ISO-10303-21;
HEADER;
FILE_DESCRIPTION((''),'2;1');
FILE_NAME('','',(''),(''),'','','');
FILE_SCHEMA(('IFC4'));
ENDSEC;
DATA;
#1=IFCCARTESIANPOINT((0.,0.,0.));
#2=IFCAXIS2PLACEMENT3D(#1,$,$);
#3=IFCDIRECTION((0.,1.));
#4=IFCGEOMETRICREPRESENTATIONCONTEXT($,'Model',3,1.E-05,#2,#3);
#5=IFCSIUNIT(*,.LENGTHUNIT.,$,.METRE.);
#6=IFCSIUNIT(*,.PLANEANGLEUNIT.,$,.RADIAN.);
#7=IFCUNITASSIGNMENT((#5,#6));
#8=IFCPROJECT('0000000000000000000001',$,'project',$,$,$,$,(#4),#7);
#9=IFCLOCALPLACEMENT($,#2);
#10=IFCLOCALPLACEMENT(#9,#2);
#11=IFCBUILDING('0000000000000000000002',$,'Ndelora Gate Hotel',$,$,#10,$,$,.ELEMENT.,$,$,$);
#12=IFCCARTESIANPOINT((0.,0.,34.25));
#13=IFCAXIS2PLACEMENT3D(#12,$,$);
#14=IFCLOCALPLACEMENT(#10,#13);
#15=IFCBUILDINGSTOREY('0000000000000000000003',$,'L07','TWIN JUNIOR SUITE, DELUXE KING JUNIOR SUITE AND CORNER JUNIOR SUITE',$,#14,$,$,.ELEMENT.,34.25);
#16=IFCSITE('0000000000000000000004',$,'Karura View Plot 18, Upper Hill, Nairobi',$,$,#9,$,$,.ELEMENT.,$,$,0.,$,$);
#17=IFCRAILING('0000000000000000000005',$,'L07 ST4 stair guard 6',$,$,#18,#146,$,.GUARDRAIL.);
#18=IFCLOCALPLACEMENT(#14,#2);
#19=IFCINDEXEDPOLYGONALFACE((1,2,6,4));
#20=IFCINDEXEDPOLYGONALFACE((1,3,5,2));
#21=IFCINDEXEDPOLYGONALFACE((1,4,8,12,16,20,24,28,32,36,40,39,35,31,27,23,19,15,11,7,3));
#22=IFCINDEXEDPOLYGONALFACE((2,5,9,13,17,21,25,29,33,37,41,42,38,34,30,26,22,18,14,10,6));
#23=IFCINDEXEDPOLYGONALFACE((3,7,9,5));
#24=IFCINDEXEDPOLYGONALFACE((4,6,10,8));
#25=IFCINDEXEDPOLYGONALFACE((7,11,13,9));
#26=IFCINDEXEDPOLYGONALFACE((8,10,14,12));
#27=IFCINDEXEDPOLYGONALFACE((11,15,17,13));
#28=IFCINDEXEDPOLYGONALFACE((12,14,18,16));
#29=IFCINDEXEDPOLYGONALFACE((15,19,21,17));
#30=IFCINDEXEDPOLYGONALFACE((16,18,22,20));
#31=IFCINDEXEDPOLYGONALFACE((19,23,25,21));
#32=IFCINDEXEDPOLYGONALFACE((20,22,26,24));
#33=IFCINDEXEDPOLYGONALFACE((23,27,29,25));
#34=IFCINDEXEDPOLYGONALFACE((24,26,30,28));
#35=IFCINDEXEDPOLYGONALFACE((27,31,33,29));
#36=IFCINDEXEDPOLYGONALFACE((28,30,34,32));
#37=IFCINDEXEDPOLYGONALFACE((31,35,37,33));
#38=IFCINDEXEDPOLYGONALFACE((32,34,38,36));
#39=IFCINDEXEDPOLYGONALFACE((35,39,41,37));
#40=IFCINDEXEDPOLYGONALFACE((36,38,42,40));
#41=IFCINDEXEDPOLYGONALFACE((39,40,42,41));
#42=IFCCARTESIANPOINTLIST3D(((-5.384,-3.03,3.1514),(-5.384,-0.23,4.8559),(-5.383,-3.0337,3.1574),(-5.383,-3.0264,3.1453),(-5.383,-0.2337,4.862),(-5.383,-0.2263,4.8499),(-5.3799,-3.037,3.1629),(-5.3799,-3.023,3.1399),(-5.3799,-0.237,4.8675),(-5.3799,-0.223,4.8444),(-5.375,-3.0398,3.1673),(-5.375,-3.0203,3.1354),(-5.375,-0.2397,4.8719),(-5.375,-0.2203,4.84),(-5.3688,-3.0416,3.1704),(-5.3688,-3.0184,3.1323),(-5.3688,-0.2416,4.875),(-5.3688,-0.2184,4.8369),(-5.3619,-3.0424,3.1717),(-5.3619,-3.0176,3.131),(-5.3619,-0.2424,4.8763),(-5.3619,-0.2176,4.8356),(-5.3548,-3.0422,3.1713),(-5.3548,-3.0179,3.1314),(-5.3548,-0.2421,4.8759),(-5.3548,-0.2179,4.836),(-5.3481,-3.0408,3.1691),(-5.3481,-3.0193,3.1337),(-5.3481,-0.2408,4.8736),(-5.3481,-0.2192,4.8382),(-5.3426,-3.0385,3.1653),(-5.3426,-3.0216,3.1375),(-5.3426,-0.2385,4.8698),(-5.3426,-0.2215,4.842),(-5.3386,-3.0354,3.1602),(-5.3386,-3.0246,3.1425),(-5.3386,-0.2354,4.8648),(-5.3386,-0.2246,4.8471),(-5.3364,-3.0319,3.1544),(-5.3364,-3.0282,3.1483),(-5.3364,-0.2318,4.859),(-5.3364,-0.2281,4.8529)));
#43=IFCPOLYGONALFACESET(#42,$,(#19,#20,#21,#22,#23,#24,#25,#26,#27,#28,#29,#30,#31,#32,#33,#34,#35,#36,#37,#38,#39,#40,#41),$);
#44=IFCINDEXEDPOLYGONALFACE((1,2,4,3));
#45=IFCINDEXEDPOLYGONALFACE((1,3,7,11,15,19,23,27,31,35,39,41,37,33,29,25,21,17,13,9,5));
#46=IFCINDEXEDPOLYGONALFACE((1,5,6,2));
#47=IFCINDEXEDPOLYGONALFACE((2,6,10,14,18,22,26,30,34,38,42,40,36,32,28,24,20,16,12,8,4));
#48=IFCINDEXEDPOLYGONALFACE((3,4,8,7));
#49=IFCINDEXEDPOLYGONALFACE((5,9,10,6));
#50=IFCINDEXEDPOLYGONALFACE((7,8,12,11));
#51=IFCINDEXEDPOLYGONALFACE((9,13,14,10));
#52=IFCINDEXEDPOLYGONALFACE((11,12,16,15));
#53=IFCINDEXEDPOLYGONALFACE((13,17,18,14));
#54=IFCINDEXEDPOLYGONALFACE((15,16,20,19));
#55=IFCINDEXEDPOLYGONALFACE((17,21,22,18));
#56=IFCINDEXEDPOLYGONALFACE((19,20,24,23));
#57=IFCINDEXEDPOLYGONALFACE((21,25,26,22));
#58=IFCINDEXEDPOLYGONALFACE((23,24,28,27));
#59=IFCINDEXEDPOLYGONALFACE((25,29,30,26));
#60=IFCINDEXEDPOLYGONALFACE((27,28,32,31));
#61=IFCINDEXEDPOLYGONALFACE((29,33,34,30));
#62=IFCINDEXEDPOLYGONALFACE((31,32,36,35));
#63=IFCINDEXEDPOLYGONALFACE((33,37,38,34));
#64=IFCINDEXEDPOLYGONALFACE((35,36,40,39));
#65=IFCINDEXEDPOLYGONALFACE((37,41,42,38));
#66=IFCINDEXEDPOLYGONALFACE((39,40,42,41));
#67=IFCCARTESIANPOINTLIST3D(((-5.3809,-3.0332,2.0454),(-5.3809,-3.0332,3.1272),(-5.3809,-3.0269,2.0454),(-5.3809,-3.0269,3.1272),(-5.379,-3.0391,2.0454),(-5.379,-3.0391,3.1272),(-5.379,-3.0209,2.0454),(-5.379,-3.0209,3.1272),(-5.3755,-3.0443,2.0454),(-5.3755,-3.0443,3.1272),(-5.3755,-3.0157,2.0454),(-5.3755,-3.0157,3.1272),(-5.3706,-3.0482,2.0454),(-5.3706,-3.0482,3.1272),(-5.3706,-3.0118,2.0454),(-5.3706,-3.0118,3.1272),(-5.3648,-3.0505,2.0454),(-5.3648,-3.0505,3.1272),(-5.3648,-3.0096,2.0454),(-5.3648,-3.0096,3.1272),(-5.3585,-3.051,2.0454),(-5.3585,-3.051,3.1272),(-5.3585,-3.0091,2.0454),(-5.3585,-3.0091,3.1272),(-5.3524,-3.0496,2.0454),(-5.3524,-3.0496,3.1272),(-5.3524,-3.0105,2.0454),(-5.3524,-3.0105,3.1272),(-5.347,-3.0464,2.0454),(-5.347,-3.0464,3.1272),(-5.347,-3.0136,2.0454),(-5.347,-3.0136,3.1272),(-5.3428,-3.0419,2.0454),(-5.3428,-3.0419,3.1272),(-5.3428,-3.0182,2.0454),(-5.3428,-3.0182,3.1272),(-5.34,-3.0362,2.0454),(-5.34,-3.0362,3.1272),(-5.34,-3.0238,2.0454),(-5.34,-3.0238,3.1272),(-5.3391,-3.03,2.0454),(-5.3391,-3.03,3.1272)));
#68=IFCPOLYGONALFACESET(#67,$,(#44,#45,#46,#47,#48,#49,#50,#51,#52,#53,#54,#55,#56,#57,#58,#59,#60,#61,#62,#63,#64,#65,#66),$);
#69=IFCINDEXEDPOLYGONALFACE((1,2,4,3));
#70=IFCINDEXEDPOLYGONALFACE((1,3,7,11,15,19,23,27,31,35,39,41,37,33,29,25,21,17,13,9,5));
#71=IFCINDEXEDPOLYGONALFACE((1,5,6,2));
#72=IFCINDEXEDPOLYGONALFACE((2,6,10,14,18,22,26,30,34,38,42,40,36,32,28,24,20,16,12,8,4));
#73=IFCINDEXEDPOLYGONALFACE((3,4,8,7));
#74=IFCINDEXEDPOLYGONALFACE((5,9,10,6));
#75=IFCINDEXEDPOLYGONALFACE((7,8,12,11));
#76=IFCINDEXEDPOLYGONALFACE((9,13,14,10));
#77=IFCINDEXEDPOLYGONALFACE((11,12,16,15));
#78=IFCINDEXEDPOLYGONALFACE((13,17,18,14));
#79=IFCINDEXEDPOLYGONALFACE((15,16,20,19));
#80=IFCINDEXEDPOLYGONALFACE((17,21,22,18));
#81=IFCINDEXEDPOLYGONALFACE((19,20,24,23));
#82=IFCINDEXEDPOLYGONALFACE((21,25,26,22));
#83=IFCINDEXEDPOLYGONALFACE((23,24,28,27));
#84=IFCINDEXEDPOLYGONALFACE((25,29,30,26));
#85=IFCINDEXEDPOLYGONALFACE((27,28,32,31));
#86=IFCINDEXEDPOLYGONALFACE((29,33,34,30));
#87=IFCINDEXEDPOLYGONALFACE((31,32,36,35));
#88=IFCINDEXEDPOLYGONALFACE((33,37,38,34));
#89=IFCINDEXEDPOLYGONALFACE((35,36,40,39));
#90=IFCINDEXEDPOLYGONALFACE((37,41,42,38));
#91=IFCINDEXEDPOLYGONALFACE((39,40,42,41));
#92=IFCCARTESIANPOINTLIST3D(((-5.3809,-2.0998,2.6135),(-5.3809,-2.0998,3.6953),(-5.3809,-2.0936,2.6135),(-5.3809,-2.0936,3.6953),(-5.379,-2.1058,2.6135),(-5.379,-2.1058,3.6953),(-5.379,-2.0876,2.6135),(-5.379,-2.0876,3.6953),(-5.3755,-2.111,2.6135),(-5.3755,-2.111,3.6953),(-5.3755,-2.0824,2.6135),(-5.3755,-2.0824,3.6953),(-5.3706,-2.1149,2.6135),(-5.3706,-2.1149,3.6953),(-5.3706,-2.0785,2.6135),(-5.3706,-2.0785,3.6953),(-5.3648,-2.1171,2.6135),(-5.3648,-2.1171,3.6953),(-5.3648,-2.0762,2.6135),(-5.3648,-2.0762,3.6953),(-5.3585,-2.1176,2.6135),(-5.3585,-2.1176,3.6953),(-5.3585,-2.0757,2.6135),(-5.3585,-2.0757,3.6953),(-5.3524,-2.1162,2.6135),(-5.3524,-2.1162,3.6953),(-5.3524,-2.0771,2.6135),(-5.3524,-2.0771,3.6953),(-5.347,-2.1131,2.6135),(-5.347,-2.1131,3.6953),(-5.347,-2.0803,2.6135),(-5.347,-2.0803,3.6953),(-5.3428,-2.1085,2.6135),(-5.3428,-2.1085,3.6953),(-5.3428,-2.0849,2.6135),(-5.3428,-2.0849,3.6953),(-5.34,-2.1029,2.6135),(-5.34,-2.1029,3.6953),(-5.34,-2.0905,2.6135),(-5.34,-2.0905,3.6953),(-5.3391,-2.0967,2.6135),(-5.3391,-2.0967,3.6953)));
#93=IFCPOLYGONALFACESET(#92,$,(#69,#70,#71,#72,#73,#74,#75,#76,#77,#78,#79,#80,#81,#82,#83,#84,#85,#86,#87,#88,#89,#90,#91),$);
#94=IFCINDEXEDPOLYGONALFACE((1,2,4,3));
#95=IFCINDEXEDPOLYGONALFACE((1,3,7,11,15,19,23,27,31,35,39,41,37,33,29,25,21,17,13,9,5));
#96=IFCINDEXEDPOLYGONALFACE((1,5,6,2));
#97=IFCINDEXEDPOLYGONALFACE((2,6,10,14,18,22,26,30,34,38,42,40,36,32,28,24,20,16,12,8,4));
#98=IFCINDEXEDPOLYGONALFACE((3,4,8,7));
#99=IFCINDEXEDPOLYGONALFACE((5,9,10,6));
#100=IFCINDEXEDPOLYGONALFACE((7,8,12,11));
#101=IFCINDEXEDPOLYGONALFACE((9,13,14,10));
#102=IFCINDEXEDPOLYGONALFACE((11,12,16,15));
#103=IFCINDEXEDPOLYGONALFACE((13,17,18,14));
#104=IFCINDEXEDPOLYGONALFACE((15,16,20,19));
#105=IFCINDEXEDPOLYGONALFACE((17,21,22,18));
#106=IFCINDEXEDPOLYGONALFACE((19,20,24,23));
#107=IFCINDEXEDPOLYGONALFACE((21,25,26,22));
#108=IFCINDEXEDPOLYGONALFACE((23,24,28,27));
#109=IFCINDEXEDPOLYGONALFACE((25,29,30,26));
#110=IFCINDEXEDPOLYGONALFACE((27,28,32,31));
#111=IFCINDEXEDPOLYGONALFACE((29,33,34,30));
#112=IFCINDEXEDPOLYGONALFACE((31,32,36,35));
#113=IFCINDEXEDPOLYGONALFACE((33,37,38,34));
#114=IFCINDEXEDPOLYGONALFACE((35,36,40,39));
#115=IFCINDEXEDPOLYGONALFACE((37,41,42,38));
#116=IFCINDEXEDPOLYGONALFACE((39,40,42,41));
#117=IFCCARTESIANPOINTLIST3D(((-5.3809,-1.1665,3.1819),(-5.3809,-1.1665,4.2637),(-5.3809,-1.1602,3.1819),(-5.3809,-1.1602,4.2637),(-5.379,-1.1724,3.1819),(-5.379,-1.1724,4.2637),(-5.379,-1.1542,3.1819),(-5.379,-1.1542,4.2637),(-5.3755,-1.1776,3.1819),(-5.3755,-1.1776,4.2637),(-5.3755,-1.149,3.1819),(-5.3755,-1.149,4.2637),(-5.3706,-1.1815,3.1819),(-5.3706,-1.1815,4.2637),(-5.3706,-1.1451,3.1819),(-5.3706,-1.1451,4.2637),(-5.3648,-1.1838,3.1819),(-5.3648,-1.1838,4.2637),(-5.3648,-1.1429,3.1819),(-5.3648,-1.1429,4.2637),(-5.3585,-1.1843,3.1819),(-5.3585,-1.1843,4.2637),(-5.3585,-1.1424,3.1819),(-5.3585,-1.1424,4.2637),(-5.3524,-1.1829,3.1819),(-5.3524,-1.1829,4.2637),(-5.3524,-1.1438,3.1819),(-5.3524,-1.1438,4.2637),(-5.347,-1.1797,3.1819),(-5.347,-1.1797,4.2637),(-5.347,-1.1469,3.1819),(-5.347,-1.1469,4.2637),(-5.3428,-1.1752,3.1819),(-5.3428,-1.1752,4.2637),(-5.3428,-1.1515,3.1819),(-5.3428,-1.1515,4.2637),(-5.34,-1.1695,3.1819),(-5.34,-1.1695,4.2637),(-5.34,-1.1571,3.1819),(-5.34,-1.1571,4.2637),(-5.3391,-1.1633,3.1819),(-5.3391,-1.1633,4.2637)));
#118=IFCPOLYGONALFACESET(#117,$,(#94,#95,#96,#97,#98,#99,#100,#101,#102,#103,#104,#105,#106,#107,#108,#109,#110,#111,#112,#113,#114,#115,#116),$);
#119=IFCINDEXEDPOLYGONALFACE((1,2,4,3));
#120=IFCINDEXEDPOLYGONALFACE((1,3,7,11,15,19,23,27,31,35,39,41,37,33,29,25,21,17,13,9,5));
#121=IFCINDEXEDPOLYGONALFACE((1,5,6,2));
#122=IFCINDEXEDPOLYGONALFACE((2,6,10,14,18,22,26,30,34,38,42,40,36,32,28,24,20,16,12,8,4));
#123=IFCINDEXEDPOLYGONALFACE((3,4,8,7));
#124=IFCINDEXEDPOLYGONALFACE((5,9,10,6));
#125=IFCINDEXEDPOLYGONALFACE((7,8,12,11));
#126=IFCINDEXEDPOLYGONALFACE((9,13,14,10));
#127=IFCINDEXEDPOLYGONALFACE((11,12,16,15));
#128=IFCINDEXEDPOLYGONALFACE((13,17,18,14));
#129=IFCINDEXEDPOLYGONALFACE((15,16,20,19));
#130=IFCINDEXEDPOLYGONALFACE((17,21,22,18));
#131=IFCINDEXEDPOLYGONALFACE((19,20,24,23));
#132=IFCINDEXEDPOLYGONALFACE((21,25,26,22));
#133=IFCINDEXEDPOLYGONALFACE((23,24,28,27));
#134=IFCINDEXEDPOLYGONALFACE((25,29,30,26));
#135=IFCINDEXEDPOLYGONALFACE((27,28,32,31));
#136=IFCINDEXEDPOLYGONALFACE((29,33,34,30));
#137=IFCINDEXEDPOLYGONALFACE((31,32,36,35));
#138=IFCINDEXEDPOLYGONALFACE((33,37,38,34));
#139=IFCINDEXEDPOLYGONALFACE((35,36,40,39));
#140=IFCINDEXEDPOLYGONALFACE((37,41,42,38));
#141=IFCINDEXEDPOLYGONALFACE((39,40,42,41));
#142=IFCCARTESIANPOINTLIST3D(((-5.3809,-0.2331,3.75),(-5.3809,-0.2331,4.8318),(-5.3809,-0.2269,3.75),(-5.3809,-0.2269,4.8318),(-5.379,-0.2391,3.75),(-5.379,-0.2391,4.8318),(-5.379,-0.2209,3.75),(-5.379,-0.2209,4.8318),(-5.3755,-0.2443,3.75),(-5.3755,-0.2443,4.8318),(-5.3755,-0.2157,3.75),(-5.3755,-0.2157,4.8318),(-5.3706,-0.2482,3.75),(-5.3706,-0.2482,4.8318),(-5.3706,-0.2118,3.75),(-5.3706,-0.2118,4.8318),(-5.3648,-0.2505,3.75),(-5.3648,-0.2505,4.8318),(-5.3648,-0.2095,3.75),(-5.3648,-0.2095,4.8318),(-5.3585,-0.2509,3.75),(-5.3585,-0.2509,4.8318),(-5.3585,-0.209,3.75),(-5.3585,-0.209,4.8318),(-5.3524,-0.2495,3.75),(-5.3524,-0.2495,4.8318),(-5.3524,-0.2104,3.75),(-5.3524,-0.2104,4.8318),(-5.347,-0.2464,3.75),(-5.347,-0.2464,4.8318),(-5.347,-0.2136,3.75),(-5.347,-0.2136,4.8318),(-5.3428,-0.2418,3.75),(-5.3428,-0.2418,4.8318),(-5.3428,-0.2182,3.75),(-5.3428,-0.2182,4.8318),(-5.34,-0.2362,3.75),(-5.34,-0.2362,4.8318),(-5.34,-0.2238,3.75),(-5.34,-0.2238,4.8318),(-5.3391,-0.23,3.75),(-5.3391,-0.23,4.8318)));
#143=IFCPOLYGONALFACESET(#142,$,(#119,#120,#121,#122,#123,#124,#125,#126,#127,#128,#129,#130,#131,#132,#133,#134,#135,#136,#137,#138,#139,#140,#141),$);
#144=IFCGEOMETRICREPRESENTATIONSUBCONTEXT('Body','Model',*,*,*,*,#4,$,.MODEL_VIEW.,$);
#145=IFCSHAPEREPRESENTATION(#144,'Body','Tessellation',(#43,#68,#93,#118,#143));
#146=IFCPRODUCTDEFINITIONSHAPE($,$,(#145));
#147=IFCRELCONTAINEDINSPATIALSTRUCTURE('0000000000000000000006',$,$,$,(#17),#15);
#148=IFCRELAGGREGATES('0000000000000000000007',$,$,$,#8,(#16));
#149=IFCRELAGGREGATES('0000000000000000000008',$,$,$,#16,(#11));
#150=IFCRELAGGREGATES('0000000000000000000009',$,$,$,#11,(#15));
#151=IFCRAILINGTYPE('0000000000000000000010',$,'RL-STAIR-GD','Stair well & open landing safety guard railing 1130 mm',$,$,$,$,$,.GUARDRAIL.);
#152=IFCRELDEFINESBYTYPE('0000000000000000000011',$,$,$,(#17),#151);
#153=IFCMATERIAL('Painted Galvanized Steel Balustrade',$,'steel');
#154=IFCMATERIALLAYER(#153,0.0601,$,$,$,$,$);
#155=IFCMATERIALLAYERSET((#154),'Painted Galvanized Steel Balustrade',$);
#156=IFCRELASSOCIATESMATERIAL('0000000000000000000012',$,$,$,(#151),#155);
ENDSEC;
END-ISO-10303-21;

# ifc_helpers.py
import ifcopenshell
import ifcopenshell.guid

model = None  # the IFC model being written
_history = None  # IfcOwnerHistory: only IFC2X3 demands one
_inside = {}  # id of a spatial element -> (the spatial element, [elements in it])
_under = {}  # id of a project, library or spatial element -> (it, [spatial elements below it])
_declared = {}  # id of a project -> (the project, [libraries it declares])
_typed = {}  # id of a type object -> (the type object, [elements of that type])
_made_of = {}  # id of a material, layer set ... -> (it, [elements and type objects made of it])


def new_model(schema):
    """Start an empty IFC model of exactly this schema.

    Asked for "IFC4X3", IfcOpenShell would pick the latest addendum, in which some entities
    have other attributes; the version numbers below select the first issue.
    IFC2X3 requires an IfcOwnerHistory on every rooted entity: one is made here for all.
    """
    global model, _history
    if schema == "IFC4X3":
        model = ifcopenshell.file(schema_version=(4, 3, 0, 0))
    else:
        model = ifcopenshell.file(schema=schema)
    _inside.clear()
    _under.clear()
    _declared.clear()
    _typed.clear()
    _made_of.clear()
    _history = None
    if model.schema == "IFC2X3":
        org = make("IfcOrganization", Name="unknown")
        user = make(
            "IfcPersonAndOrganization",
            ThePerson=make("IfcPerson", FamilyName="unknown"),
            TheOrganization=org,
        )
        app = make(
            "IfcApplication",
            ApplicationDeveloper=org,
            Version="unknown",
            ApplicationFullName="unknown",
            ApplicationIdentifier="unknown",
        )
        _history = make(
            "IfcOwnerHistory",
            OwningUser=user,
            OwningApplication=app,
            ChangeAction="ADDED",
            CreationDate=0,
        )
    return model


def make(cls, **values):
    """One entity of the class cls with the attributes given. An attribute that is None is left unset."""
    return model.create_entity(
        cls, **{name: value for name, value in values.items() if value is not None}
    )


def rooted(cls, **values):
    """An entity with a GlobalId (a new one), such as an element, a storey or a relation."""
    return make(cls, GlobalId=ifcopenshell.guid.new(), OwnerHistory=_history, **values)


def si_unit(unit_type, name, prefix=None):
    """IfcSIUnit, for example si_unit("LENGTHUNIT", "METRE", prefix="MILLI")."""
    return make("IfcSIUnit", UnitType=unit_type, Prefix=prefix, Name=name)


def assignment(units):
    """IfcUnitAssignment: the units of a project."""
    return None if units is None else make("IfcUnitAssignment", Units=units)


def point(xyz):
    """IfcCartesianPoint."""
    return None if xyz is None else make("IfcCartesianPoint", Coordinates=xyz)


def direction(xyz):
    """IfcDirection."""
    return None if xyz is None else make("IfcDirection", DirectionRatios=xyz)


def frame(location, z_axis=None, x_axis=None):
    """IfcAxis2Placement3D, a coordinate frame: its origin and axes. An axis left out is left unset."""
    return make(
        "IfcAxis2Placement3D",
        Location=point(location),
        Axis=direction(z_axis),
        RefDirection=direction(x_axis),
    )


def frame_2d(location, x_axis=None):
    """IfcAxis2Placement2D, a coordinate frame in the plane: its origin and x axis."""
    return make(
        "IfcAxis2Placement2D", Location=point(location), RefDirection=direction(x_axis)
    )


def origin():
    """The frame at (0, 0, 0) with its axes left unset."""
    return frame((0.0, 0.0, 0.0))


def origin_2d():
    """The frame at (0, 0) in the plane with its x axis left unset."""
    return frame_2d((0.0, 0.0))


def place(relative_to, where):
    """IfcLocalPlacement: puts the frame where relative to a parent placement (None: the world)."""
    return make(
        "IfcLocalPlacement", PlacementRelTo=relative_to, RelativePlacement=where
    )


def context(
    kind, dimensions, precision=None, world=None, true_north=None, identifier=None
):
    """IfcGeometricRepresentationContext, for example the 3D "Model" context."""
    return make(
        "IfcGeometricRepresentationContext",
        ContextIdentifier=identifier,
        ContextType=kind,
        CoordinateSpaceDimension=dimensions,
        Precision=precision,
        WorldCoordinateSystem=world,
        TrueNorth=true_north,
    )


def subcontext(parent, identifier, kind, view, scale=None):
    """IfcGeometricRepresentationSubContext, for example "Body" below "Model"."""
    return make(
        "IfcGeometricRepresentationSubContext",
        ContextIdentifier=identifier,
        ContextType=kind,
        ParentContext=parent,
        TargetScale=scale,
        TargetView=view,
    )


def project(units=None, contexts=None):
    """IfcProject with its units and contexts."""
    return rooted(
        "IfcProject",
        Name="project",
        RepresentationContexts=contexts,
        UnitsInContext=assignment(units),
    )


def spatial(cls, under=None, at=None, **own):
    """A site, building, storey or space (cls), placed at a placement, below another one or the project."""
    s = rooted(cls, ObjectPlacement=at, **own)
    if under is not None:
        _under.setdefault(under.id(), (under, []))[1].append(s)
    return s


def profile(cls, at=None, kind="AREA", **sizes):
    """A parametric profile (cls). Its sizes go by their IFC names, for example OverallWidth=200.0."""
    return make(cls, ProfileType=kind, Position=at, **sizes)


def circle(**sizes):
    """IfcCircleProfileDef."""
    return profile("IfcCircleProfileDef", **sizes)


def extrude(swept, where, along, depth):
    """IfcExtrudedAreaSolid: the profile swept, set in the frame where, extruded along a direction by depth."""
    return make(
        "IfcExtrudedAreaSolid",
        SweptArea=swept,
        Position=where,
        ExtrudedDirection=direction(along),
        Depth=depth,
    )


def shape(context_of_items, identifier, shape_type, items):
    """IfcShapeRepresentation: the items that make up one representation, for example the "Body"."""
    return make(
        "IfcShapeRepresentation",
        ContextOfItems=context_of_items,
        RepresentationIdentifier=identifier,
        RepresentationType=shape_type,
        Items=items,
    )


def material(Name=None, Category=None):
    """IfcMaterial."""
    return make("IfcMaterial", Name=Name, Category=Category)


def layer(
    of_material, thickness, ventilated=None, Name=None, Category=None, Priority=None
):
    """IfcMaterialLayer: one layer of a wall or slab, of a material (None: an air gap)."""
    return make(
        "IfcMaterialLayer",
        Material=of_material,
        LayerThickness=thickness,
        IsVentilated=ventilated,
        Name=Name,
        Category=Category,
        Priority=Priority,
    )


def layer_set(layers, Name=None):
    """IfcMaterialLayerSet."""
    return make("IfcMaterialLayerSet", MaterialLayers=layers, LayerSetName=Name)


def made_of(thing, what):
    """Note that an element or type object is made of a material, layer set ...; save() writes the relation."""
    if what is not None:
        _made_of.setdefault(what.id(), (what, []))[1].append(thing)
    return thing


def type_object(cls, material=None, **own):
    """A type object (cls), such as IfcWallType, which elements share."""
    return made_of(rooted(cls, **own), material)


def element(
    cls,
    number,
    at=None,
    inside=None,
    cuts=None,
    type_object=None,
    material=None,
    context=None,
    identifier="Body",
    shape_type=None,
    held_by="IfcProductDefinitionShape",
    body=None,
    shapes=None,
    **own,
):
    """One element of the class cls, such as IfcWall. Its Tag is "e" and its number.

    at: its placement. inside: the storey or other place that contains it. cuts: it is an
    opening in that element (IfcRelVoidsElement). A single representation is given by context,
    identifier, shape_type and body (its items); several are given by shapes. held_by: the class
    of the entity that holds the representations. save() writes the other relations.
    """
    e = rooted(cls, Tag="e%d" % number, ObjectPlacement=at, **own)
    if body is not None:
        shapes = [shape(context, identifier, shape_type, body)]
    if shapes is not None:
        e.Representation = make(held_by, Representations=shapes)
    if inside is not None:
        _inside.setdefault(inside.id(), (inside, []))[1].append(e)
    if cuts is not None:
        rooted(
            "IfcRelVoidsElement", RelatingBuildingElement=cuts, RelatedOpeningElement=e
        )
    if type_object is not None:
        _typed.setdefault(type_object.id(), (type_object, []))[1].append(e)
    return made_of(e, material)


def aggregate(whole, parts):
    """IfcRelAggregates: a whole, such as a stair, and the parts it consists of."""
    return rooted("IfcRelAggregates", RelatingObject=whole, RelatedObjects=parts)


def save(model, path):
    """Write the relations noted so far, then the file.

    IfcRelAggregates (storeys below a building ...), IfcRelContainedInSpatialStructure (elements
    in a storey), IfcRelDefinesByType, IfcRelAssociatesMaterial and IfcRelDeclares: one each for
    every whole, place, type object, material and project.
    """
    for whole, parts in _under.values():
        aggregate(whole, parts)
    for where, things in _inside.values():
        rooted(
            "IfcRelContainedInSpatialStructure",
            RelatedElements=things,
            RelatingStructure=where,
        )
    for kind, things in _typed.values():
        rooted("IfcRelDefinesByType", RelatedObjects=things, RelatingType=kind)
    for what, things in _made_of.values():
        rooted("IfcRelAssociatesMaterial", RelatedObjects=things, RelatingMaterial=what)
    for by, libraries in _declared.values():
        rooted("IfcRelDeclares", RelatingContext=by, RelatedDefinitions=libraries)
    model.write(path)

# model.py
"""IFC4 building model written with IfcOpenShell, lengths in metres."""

from ifc_helpers import new_model, si_unit, direction, frame, origin, origin_2d, place, context, subcontext, project, spatial, circle, extrude, material, layer, layer_set, type_object, element, save


model = new_model("IFC4")

# Units and contexts
model_context = context("Model", 3, precision=1e-05, world=origin(), true_north=direction((0.0, 1.0)))
body_context = subcontext(model_context, "Body", "Model", "MODEL_VIEW")
ifc_project = project(units=[si_unit("LENGTHUNIT", "METRE"), si_unit("PLANEANGLEUNIT", "RADIAN")], contexts=[model_context])

# Site, building, storey
site_placement = place(None, origin())
site = spatial("IfcSite", under=ifc_project, at=site_placement, Name="Karura View Plot 18, Upper Hill, Nairobi", CompositionType="ELEMENT", RefElevation=0.0)
building_placement = place(site_placement, origin())
building = spatial("IfcBuilding", under=site, at=building_placement, Name="Ndelora Gate Hotel", CompositionType="ELEMENT")
storey_placement = place(building_placement, frame((0.0, 0.0, 34.25)))
storey = spatial("IfcBuildingStorey", under=building, at=storey_placement, Name="L07", Description="TWIN JUNIOR SUITE, DELUXE KING JUNIOR SUITE AND CORNER JUNIOR SUITE", CompositionType="ELEMENT", Elevation=34.25)

# Railing
ifc_material_1 = material(Name="Painted Galvanized Steel Balustrade", Category="steel")
ifc_layer_1 = layer(ifc_material_1, 0.0601)
ifc_layer_set_1 = layer_set([ifc_layer_1], Name="Painted Galvanized Steel Balustrade")
railing_type_1 = type_object("IfcRailingType", Name="RL-STAIR-GD", Description="Stair well & open landing safety guard railing 1130 mm", PredefinedType="GUARDRAIL", material=ifc_layer_set_1)
railing_1_placement = place(storey_placement, frame((-5.3601, -3.03, 2.0454)))
element("IfcRailing", 1, at=railing_1_placement, inside=storey, type_object=railing_type_1, Name="L07 ST4 stair guard 6", PredefinedType="GUARDRAIL", context=body_context, shape_type="SweptSolid", body=[
    extrude(circle(Radius=0.0239, at=origin_2d()), frame((0.0, 0.0, 1.106), z_axis=(0.0, 0.85417, 0.519994), x_axis=(-1.0, 0.0, 0.0)), (0.0, 0.0, 1.0), 3.2781),
    extrude(circle(Radius=0.021, at=origin_2d()), origin(), (0.0, 0.0, 1.0), 1.0818),
    extrude(circle(Radius=0.021, at=origin_2d()), frame((0.0, 0.9333, 0.5681)), (0.0, 0.0, 1.0), 1.0818),
    extrude(circle(Radius=0.021, at=origin_2d()), frame((0.0, 1.8667, 1.1365)), (0.0, 0.0, 1.0), 1.0818),
    extrude(circle(Radius=0.021, at=origin_2d()), frame((0.0, 2.8, 1.7046)), (0.0, 0.0, 1.0), 1.0818),
])

save(model, "model.ifc")
